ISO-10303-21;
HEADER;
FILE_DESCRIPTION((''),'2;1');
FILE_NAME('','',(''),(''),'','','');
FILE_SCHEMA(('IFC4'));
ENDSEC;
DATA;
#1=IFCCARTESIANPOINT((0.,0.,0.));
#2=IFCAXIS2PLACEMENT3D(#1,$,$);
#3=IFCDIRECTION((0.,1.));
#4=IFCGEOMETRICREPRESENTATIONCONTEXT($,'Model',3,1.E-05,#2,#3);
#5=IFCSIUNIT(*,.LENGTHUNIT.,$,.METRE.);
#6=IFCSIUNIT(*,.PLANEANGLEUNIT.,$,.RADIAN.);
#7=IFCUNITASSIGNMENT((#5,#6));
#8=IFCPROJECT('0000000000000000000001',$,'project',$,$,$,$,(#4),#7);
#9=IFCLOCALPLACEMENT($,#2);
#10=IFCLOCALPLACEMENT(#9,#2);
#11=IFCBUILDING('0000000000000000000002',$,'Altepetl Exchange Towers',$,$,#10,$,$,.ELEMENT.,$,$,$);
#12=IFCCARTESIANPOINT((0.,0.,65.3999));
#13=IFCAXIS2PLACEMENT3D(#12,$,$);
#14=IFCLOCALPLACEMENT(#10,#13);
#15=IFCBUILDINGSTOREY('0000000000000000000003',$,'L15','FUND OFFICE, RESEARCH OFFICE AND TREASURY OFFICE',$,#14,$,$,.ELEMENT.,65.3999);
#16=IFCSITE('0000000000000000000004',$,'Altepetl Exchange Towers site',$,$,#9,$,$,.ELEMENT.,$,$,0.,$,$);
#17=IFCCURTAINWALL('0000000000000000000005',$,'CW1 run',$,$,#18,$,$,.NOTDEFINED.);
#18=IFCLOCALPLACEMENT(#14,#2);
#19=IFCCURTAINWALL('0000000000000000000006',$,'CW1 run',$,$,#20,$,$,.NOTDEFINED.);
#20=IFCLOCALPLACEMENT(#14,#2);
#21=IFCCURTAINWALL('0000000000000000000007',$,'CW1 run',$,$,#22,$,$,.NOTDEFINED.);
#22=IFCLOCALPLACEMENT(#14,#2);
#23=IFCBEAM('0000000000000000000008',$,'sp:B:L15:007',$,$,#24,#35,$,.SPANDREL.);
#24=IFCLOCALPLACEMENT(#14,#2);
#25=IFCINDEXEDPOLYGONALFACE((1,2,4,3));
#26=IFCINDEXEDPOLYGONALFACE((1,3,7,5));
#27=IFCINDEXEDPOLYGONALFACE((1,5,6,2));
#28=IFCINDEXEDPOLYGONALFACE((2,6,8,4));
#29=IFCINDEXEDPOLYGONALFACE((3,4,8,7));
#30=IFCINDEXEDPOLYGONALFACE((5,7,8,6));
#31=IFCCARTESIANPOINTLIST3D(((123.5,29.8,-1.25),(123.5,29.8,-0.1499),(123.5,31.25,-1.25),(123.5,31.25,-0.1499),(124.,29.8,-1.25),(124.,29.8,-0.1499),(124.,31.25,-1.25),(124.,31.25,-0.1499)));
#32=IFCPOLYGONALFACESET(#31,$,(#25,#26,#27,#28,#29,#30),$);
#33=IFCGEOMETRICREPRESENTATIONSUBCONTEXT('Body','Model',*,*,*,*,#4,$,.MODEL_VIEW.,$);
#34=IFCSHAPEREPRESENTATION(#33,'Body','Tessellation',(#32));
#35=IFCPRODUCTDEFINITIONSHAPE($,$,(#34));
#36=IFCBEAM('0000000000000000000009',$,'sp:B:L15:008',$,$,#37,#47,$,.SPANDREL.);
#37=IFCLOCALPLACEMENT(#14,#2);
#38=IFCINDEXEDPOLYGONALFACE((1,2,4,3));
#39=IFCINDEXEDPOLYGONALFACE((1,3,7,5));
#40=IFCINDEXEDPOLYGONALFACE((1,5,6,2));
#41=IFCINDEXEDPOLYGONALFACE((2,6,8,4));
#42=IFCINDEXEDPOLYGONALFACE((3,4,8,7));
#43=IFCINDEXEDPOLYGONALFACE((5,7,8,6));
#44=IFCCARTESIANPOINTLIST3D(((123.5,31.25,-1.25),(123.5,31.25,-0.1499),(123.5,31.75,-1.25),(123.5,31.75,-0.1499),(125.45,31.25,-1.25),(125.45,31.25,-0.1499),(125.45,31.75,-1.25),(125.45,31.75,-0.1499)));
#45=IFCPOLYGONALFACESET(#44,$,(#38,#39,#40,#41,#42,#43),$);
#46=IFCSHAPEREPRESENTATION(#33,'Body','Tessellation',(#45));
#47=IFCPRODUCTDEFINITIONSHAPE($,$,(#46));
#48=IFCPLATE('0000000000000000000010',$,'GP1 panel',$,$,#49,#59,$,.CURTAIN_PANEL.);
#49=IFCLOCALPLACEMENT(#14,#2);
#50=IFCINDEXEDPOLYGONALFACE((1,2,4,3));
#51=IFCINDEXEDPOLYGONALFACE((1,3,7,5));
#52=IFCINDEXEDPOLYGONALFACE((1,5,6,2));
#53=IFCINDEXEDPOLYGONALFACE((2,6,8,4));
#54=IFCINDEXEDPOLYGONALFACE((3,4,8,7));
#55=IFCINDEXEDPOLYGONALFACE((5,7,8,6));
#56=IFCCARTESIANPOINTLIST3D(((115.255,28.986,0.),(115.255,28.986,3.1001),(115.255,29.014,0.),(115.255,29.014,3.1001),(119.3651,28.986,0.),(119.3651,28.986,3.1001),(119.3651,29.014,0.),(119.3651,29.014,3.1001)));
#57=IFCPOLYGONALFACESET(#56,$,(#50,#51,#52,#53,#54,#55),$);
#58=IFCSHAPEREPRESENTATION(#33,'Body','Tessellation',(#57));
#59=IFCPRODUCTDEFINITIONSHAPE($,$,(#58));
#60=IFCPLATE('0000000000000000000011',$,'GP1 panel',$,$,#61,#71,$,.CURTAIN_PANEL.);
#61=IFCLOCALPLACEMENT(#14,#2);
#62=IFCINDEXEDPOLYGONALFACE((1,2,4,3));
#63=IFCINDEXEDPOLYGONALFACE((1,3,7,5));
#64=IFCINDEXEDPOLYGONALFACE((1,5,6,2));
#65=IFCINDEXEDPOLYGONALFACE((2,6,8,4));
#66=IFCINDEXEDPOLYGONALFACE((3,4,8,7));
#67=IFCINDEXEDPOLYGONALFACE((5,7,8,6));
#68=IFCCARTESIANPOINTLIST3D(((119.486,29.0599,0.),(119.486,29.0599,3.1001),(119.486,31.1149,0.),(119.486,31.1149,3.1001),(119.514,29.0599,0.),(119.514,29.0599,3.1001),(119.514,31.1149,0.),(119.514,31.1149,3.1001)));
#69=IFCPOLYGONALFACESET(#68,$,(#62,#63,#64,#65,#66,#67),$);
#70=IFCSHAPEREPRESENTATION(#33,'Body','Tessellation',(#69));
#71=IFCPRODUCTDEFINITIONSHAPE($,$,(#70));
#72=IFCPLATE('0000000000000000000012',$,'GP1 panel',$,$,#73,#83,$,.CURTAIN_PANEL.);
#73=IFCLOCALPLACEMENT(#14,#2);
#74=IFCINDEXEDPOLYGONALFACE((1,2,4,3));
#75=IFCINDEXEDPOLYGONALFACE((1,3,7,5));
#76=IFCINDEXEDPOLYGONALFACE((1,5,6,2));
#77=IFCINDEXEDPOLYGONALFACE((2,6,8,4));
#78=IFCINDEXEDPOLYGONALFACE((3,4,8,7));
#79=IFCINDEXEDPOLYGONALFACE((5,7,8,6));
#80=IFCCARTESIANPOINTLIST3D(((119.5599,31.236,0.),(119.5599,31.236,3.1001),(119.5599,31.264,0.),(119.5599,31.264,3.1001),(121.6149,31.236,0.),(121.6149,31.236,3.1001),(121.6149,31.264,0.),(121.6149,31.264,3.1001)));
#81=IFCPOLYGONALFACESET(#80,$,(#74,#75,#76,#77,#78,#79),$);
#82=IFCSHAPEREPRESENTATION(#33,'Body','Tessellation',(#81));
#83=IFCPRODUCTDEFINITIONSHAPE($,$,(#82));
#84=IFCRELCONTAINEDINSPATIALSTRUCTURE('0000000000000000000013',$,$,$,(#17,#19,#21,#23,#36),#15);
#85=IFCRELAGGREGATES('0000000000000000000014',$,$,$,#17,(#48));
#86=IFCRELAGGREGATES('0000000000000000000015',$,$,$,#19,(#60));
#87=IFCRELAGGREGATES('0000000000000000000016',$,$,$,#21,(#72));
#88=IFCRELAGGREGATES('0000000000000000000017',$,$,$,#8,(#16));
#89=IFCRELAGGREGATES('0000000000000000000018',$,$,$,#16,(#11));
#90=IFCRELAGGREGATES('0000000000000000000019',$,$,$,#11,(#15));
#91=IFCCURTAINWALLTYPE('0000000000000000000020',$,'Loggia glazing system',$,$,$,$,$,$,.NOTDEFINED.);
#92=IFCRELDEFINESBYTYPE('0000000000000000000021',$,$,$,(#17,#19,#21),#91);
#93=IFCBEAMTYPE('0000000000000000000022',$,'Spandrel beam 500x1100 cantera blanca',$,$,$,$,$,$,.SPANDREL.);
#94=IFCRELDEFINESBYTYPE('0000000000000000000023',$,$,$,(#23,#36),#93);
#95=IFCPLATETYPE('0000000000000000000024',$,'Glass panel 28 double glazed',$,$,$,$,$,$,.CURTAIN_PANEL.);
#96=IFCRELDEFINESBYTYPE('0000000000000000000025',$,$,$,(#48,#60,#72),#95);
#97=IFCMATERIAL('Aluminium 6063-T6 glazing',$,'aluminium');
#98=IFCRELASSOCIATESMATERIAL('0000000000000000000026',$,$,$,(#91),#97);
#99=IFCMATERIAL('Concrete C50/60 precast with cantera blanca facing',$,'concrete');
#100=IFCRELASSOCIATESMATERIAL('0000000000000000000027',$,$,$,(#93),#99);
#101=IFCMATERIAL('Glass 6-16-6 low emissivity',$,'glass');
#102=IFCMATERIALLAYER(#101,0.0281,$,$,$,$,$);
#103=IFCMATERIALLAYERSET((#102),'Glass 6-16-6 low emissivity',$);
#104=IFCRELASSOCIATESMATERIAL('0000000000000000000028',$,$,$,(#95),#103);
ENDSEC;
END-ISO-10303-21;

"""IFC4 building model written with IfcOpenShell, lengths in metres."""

from ifc_helpers import new_model, si_unit, direction, frame, origin, origin_2d, place, context, subcontext, project, spatial, rectangle, extrude, material, layer, layer_set, material_profile, profile_set, type_object, element, aggregate, save


model = new_model("IFC4")

# Units and contexts
model_context = context("Model", 3, precision=1e-05, world=origin(), true_north=direction((0.0, 1.0)))
body_context = subcontext(model_context, "Body", "Model", "MODEL_VIEW")
ifc_project = project(units=[si_unit("LENGTHUNIT", "METRE"), si_unit("PLANEANGLEUNIT", "RADIAN")], contexts=[model_context])

# Site, building, storey
site_placement = place(None, origin())
site = spatial("IfcSite", under=ifc_project, at=site_placement, Name="Altepetl Exchange Towers site", CompositionType="ELEMENT", RefElevation=0.0)
building_placement = place(site_placement, origin())
building = spatial("IfcBuilding", under=site, at=building_placement, Name="Altepetl Exchange Towers", CompositionType="ELEMENT")
storey_placement = place(building_placement, frame((0.0, 0.0, 65.3999)))
storey = spatial("IfcBuildingStorey", under=building, at=storey_placement, Name="L15", Description="FUND OFFICE, RESEARCH OFFICE AND TREASURY OFFICE", CompositionType="ELEMENT", Elevation=65.3999)

# Curtain wall
ifc_material_1 = material(Name="Aluminium 6063-T6 glazing", Category="aluminium")
curtain_wall_type = type_object("IfcCurtainWallType", Name="Loggia glazing system", PredefinedType="NOTDEFINED", material=ifc_material_1)
curtain_wall_1_placement = place(storey_placement, origin())
curtain_wall_1 = element("IfcCurtainWall", 1, at=curtain_wall_1_placement, inside=storey, type_object=curtain_wall_type, Name="CW1 run", PredefinedType="NOTDEFINED")

# Curtain walls
curtain_wall_2_placement = place(storey_placement, origin())
curtain_wall_2 = element("IfcCurtainWall", 2, at=curtain_wall_2_placement, inside=storey, type_object=curtain_wall_type, Name="CW1 run", PredefinedType="NOTDEFINED")
curtain_wall_3_placement = place(storey_placement, origin())
curtain_wall_3 = element("IfcCurtainWall", 3, at=curtain_wall_3_placement, inside=storey, type_object=curtain_wall_type, Name="CW1 run", PredefinedType="NOTDEFINED")

# Beams
ifc_material_2 = material(Name="Concrete C50/60 precast with cantera blanca facing", Category="concrete")
ifc_material_profile_1 = material_profile(ifc_material_2, rectangle(XDim=0.5, YDim=1.1001, at=origin_2d()), Name="500 x 1100")
ifc_profile_set_1 = profile_set([ifc_material_profile_1], Name="Concrete C50/60 precast with cantera blanca facing")
beam_type_1 = type_object("IfcBeamType", Name="Spandrel beam 500x1100 cantera blanca", PredefinedType="SPANDREL", material=ifc_profile_set_1)
beam_1_placement = place(storey_placement, frame((123.75, 29.8, -0.7), z_axis=(0.0, 1.0, 0.0), x_axis=(-1.0, 0.0, 0.0)))
element("IfcBeam", 4, at=beam_1_placement, inside=storey, type_object=beam_type_1, Name="sp:B:L15:007", PredefinedType="SPANDREL", context=body_context, shape_type="SweptSolid", body=[
    extrude(rectangle(XDim=0.5, YDim=1.1001, at=origin_2d()), origin(), (0.0, 0.0, 1.0), 1.45),
])
beam_2_placement = place(storey_placement, frame((123.5, 31.5, -0.7), z_axis=(1.0, 0.0, 0.0), x_axis=(0.0, 1.0, 0.0)))
element("IfcBeam", 5, at=beam_2_placement, inside=storey, type_object=beam_type_1, Name="sp:B:L15:008", PredefinedType="SPANDREL", context=body_context, shape_type="SweptSolid", body=[
    extrude(rectangle(XDim=0.5, YDim=1.1001, at=origin_2d()), origin(), (0.0, 0.0, 1.0), 1.95),
])

# Plates
ifc_material_3 = material(Name="Glass 6-16-6 low emissivity", Category="glass")
ifc_layer = layer(ifc_material_3, 0.0281)
ifc_layer_set = layer_set([ifc_layer], Name="Glass 6-16-6 low emissivity")
plate_type = type_object("IfcPlateType", Name="Glass panel 28 double glazed", PredefinedType="CURTAIN_PANEL", material=ifc_layer_set)
plate_1_placement = place(storey_placement, frame((117.3101, 29.0, 0.0)))
plate_1 = element("IfcPlate", 6, at=plate_1_placement, type_object=plate_type, Name="GP1 panel", PredefinedType="CURTAIN_PANEL", context=body_context, shape_type="SweptSolid", body=[
    extrude(rectangle(XDim=4.1101, YDim=0.0281, at=origin_2d()), origin(), (0.0, 0.0, 1.0), 3.1001),
])
aggregate(curtain_wall_1, [plate_1])
plate_2_placement = place(storey_placement, frame((119.5, 30.0874, 0.0), z_axis=(0.0, 0.0, 1.0), x_axis=(0.0, 1.0, 0.0)))
plate_2 = element("IfcPlate", 7, at=plate_2_placement, type_object=plate_type, Name="GP1 panel", PredefinedType="CURTAIN_PANEL", context=body_context, shape_type="SweptSolid", body=[
    extrude(rectangle(XDim=2.0549, YDim=0.0281, at=origin_2d()), origin(), (0.0, 0.0, 1.0), 3.1001),
])
aggregate(curtain_wall_2, [plate_2])
plate_3_placement = place(storey_placement, frame((120.5874, 31.25, 0.0)))
plate_3 = element("IfcPlate", 8, at=plate_3_placement, type_object=plate_type, Name="GP1 panel", PredefinedType="CURTAIN_PANEL", context=body_context, shape_type="SweptSolid", body=[
    extrude(rectangle(XDim=2.0549, YDim=0.0281, at=origin_2d()), origin(), (0.0, 0.0, 1.0), 3.1001),
])
aggregate(curtain_wall_3, [plate_3])

save(model, "model.ifc")
